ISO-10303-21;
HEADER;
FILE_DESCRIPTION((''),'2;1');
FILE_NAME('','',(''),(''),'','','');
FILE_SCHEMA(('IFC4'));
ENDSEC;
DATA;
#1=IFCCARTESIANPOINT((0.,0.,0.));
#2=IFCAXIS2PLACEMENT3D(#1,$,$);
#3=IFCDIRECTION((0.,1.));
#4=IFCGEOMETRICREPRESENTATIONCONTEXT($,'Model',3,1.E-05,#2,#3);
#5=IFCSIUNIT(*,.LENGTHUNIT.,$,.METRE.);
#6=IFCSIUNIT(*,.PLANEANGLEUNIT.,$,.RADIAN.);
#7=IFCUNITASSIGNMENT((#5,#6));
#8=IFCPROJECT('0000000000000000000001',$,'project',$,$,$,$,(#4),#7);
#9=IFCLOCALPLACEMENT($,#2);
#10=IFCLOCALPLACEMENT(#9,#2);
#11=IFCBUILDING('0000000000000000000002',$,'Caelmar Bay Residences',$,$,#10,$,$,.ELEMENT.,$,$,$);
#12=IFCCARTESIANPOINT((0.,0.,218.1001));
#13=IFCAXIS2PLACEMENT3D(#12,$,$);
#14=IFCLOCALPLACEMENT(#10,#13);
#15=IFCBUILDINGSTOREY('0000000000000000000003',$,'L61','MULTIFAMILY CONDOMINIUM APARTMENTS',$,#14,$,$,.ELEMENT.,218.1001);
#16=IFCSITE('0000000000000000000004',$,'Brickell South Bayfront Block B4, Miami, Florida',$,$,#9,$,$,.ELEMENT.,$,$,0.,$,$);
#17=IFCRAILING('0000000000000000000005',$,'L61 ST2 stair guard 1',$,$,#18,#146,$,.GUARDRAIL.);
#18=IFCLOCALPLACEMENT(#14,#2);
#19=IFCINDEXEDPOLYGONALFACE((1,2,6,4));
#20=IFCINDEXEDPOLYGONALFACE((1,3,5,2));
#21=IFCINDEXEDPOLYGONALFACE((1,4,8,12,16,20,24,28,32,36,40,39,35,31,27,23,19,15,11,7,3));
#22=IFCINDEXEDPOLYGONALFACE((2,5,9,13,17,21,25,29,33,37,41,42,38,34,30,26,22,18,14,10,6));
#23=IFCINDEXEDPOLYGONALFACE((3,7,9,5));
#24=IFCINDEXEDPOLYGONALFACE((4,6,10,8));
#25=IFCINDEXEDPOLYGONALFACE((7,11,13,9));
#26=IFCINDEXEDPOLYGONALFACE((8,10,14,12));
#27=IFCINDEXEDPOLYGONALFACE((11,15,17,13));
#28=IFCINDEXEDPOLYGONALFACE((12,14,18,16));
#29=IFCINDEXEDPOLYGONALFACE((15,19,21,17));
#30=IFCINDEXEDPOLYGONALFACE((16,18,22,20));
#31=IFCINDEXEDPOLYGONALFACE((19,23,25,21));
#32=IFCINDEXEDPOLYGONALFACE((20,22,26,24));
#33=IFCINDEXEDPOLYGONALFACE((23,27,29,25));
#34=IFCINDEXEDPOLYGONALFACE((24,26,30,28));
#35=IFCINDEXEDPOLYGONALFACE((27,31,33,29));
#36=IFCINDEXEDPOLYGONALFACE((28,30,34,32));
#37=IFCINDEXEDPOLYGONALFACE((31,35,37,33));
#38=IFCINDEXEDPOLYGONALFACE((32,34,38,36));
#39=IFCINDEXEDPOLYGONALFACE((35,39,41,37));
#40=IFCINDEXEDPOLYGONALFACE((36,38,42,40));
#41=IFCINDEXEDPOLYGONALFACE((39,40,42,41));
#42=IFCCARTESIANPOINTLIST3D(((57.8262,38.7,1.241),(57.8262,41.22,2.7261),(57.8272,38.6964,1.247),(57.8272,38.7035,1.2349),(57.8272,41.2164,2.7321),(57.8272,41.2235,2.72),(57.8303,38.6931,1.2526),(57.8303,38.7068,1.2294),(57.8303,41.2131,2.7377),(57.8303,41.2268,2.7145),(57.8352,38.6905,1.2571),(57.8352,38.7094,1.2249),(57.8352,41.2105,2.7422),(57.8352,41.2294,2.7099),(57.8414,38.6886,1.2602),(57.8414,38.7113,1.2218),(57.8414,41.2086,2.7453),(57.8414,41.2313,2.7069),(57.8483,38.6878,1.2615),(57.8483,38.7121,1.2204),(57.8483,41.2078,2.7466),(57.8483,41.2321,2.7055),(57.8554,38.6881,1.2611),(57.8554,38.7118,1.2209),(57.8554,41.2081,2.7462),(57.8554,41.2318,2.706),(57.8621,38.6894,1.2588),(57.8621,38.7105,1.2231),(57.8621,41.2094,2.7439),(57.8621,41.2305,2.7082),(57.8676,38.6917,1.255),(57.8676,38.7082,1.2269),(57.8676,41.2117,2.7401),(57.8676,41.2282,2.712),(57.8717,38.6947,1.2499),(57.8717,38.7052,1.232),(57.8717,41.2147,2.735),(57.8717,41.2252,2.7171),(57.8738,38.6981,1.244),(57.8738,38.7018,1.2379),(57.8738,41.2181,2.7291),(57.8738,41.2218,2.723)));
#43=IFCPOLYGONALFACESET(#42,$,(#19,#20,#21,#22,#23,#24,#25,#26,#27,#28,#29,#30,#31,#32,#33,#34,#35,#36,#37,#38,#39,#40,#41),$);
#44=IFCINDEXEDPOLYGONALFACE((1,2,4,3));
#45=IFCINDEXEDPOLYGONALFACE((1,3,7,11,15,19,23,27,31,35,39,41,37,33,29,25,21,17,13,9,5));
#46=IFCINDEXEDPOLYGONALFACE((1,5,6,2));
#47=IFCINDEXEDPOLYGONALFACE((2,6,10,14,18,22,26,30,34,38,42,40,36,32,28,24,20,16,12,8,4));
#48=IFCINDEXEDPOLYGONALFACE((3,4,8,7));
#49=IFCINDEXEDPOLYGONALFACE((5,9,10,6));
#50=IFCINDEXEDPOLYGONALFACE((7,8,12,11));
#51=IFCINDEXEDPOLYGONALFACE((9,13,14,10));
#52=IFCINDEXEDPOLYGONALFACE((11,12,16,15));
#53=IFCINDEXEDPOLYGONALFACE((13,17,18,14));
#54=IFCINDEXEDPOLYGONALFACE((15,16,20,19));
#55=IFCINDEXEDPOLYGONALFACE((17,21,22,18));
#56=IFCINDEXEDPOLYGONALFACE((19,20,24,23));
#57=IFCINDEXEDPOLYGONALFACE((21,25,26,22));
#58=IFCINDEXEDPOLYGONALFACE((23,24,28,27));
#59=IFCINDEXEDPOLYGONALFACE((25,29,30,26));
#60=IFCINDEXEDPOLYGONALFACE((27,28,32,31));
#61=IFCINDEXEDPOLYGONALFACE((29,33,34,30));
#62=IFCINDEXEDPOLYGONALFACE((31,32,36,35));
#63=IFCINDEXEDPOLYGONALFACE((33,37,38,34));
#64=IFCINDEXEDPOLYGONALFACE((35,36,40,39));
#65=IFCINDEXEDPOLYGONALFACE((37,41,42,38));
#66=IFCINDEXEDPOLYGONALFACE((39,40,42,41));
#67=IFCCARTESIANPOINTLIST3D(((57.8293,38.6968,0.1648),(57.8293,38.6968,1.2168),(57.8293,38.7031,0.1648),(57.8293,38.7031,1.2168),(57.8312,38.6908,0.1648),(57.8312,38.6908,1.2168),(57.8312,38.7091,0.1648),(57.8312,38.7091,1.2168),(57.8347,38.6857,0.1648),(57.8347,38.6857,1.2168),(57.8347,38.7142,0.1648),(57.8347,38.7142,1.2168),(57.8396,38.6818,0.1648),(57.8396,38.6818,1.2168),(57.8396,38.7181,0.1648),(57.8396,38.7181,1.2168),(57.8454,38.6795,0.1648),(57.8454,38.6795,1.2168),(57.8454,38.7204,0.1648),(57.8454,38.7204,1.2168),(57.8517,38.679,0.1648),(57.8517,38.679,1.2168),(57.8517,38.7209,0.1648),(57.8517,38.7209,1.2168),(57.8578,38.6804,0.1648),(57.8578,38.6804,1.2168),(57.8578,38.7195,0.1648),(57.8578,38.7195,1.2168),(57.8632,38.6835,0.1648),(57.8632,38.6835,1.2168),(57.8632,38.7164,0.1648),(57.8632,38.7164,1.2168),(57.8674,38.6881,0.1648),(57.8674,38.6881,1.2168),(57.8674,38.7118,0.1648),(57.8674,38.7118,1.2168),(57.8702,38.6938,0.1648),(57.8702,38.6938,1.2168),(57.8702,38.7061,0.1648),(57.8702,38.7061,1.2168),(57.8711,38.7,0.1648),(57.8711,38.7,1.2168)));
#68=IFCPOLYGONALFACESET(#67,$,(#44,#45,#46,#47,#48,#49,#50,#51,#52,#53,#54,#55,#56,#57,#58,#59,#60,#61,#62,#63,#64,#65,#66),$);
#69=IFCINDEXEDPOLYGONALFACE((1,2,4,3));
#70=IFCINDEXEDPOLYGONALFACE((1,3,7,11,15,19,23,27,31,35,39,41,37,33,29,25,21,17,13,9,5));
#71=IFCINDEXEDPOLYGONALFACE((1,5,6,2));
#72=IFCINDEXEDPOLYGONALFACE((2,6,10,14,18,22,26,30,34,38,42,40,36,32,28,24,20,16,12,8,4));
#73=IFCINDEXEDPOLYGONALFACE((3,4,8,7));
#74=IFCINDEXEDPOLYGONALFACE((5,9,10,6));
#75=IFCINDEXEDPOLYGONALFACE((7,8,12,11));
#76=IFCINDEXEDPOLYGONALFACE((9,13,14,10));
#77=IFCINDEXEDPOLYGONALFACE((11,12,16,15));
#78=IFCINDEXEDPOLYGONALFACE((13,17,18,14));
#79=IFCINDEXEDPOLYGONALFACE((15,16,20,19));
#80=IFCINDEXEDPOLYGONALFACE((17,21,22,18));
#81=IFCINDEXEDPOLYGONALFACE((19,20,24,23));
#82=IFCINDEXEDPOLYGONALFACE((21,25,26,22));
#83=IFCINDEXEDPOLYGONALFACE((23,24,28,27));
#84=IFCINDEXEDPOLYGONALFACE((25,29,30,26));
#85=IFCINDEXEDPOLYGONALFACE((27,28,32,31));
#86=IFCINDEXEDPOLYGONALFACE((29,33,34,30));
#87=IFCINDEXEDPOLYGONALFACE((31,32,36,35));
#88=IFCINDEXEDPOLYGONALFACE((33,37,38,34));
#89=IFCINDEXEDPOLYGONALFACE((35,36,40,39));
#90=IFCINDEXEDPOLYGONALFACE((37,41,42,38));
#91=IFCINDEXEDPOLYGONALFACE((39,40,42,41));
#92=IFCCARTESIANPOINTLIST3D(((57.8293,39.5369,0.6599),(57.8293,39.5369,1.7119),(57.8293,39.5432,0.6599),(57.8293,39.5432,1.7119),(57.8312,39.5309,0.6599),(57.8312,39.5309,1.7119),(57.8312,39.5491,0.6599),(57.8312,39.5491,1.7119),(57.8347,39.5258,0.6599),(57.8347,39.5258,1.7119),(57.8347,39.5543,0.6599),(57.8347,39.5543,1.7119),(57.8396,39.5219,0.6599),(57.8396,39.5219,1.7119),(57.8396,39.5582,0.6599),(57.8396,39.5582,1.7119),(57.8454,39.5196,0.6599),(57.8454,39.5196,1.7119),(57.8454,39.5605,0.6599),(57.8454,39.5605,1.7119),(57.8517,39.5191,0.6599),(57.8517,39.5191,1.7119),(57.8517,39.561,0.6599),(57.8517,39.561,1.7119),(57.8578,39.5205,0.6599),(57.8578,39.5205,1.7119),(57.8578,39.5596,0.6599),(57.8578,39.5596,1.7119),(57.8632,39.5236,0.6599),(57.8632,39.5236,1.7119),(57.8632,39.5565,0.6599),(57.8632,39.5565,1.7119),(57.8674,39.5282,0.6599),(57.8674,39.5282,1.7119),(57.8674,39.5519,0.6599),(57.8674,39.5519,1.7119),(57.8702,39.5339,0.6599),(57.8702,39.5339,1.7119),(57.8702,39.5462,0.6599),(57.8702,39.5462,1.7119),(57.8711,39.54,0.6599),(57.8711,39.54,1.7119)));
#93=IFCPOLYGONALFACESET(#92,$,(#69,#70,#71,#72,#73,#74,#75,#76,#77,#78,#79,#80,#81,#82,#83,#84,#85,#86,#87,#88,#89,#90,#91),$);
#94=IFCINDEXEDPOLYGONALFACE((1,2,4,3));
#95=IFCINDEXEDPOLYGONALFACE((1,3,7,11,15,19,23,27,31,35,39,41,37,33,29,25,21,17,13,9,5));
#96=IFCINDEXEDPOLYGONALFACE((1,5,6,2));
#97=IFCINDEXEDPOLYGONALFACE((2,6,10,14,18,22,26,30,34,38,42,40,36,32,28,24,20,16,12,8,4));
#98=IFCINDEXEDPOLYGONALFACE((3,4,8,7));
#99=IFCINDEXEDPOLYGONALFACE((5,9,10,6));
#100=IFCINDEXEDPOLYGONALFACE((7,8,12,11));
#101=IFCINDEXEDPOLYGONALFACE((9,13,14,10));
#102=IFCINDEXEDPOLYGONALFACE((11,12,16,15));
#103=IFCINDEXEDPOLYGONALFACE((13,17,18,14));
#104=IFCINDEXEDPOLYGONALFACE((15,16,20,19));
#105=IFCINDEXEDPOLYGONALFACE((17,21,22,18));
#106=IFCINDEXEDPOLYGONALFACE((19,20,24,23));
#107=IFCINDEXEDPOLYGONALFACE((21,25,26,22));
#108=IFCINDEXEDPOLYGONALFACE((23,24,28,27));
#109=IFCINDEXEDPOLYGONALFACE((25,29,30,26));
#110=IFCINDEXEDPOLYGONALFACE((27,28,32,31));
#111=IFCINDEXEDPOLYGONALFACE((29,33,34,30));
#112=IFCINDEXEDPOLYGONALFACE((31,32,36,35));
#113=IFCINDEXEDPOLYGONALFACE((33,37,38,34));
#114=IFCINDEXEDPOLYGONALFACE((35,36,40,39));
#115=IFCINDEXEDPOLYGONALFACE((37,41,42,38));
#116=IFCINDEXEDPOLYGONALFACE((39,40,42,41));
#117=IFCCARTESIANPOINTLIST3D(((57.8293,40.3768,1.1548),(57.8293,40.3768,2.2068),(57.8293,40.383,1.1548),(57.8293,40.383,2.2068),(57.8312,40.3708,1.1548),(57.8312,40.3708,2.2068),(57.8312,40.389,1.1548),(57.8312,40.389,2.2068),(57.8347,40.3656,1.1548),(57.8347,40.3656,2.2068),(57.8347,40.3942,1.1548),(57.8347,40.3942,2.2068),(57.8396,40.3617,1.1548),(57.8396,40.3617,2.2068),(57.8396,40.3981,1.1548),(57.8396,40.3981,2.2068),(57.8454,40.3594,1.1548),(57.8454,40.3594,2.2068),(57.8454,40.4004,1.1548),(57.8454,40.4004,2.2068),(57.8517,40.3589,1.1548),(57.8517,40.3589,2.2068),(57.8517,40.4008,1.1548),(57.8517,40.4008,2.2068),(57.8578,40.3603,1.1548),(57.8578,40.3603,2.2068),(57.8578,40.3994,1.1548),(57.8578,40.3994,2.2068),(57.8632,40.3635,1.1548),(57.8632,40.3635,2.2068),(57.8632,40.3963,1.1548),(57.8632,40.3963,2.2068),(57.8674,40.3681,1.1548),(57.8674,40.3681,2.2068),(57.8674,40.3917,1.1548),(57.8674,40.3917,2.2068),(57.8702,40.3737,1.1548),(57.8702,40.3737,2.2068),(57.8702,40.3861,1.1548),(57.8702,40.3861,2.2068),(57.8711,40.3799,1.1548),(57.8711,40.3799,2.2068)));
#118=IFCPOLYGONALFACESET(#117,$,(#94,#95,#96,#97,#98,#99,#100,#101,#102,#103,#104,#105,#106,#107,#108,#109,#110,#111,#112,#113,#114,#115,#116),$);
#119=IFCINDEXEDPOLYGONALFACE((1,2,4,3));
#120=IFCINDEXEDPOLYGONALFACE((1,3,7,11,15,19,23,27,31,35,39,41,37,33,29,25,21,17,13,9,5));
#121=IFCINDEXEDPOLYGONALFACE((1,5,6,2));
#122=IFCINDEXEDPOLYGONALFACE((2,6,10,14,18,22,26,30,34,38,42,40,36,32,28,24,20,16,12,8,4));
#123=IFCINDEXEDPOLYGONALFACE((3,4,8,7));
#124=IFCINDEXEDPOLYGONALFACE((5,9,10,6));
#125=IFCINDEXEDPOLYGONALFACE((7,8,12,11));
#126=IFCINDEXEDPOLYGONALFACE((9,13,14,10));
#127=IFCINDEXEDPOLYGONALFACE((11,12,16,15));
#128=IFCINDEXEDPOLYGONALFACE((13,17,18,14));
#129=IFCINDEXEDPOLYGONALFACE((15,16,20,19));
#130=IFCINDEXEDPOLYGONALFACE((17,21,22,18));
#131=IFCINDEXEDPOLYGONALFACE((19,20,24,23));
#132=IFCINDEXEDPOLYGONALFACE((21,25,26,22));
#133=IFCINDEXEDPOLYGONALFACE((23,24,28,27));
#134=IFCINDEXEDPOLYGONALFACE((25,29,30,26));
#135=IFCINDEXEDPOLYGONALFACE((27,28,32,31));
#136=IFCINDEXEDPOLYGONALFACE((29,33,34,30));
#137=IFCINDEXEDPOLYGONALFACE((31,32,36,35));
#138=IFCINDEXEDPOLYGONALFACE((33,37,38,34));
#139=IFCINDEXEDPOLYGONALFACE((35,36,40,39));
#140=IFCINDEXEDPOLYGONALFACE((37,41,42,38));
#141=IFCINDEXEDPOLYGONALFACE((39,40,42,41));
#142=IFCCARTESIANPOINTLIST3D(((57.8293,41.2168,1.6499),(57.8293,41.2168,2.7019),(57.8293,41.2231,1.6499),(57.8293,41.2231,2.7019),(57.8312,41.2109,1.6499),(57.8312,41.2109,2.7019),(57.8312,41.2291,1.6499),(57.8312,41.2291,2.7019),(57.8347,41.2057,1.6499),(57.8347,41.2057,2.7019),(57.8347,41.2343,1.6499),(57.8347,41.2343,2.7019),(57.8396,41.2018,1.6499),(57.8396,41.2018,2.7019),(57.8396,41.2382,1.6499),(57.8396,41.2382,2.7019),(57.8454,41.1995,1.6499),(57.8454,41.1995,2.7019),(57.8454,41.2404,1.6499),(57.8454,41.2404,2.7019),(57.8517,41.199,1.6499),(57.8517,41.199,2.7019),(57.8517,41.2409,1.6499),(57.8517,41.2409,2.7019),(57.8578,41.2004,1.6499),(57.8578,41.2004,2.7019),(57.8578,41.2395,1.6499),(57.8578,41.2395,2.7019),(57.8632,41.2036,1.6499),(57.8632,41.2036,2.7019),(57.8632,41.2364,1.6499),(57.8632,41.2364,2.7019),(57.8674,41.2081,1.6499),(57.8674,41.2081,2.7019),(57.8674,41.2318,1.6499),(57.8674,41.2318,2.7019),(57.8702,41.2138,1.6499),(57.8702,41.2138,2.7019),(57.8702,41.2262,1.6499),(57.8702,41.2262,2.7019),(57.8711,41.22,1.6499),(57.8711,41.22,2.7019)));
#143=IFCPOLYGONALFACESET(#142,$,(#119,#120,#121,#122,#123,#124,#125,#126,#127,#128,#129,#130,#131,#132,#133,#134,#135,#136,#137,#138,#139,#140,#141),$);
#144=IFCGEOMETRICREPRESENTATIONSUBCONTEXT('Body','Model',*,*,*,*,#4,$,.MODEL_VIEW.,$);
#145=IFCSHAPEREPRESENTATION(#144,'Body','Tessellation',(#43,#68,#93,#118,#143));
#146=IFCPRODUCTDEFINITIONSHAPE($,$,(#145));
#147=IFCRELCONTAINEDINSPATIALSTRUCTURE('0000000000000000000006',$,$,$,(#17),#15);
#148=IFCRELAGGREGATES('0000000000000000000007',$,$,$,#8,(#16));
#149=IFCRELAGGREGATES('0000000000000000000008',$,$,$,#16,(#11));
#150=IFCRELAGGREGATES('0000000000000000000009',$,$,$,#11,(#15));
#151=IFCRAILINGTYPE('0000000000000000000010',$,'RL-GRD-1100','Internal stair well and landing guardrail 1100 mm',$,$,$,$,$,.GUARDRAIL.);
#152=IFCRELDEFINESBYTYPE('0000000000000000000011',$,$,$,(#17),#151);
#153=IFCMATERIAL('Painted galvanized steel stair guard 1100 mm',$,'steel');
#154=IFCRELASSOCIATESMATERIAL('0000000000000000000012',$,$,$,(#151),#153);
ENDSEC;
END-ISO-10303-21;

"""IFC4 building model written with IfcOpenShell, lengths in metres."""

from ifc_helpers import new_model, si_unit, direction, frame, origin, origin_2d, place, context, subcontext, project, spatial, circle, extrude, material, type_object, element, save


model = new_model("IFC4")

# Units and contexts
model_context = context("Model", 3, precision=1e-05, world=origin(), true_north=direction((0.0, 1.0)))
body_context = subcontext(model_context, "Body", "Model", "MODEL_VIEW")
ifc_project = project(units=[si_unit("LENGTHUNIT", "METRE"), si_unit("PLANEANGLEUNIT", "RADIAN")], contexts=[model_context])

# Site, building, storey
site_placement = place(None, origin())
site = spatial("IfcSite", under=ifc_project, at=site_placement, Name="Brickell South Bayfront Block B4, Miami, Florida", CompositionType="ELEMENT", RefElevation=0.0)
building_placement = place(site_placement, origin())
building = spatial("IfcBuilding", under=site, at=building_placement, Name="Caelmar Bay Residences", CompositionType="ELEMENT")
storey_placement = place(building_placement, frame((0.0, 0.0, 218.1001)))
storey = spatial("IfcBuildingStorey", under=building, at=storey_placement, Name="L61", Description="MULTIFAMILY CONDOMINIUM APARTMENTS", CompositionType="ELEMENT", Elevation=218.1001)

# Railing
ifc_material_1 = material(Name="Painted galvanized steel stair guard 1100 mm", Category="steel")
railing_type_1 = type_object("IfcRailingType", Name="RL-GRD-1100", Description="Internal stair well and landing guardrail 1100 mm", PredefinedType="GUARDRAIL", material=ifc_material_1)
railing_1_placement = place(storey_placement, frame((57.8501, 38.7, 0.1648)))
element("IfcRailing", 1, at=railing_1_placement, inside=storey, type_object=railing_type_1, Name="L61 ST2 stair guard 1", PredefinedType="GUARDRAIL", context=body_context, shape_type="SweptSolid", body=[
    extrude(circle(Radius=0.0239, at=origin_2d()), frame((0.0, 0.0, 1.0762), z_axis=(0.0, 0.861524, 0.507717), x_axis=(-1.0, 0.0, 0.0)), (0.0, 0.0, 1.0), 2.925),
    extrude(circle(Radius=0.021, at=origin_2d()), origin(), (0.0, 0.0, 1.0), 1.052),
    extrude(circle(Radius=0.021, at=origin_2d()), frame((0.0, 0.8401, 0.4951)), (0.0, 0.0, 1.0), 1.052),
    extrude(circle(Radius=0.021, at=origin_2d()), frame((0.0, 1.6799, 0.99)), (0.0, 0.0, 1.0), 1.052),
    extrude(circle(Radius=0.021, at=origin_2d()), frame((0.0, 2.52, 1.4851)), (0.0, 0.0, 1.0), 1.052),
])

save(model, "model.ifc")
